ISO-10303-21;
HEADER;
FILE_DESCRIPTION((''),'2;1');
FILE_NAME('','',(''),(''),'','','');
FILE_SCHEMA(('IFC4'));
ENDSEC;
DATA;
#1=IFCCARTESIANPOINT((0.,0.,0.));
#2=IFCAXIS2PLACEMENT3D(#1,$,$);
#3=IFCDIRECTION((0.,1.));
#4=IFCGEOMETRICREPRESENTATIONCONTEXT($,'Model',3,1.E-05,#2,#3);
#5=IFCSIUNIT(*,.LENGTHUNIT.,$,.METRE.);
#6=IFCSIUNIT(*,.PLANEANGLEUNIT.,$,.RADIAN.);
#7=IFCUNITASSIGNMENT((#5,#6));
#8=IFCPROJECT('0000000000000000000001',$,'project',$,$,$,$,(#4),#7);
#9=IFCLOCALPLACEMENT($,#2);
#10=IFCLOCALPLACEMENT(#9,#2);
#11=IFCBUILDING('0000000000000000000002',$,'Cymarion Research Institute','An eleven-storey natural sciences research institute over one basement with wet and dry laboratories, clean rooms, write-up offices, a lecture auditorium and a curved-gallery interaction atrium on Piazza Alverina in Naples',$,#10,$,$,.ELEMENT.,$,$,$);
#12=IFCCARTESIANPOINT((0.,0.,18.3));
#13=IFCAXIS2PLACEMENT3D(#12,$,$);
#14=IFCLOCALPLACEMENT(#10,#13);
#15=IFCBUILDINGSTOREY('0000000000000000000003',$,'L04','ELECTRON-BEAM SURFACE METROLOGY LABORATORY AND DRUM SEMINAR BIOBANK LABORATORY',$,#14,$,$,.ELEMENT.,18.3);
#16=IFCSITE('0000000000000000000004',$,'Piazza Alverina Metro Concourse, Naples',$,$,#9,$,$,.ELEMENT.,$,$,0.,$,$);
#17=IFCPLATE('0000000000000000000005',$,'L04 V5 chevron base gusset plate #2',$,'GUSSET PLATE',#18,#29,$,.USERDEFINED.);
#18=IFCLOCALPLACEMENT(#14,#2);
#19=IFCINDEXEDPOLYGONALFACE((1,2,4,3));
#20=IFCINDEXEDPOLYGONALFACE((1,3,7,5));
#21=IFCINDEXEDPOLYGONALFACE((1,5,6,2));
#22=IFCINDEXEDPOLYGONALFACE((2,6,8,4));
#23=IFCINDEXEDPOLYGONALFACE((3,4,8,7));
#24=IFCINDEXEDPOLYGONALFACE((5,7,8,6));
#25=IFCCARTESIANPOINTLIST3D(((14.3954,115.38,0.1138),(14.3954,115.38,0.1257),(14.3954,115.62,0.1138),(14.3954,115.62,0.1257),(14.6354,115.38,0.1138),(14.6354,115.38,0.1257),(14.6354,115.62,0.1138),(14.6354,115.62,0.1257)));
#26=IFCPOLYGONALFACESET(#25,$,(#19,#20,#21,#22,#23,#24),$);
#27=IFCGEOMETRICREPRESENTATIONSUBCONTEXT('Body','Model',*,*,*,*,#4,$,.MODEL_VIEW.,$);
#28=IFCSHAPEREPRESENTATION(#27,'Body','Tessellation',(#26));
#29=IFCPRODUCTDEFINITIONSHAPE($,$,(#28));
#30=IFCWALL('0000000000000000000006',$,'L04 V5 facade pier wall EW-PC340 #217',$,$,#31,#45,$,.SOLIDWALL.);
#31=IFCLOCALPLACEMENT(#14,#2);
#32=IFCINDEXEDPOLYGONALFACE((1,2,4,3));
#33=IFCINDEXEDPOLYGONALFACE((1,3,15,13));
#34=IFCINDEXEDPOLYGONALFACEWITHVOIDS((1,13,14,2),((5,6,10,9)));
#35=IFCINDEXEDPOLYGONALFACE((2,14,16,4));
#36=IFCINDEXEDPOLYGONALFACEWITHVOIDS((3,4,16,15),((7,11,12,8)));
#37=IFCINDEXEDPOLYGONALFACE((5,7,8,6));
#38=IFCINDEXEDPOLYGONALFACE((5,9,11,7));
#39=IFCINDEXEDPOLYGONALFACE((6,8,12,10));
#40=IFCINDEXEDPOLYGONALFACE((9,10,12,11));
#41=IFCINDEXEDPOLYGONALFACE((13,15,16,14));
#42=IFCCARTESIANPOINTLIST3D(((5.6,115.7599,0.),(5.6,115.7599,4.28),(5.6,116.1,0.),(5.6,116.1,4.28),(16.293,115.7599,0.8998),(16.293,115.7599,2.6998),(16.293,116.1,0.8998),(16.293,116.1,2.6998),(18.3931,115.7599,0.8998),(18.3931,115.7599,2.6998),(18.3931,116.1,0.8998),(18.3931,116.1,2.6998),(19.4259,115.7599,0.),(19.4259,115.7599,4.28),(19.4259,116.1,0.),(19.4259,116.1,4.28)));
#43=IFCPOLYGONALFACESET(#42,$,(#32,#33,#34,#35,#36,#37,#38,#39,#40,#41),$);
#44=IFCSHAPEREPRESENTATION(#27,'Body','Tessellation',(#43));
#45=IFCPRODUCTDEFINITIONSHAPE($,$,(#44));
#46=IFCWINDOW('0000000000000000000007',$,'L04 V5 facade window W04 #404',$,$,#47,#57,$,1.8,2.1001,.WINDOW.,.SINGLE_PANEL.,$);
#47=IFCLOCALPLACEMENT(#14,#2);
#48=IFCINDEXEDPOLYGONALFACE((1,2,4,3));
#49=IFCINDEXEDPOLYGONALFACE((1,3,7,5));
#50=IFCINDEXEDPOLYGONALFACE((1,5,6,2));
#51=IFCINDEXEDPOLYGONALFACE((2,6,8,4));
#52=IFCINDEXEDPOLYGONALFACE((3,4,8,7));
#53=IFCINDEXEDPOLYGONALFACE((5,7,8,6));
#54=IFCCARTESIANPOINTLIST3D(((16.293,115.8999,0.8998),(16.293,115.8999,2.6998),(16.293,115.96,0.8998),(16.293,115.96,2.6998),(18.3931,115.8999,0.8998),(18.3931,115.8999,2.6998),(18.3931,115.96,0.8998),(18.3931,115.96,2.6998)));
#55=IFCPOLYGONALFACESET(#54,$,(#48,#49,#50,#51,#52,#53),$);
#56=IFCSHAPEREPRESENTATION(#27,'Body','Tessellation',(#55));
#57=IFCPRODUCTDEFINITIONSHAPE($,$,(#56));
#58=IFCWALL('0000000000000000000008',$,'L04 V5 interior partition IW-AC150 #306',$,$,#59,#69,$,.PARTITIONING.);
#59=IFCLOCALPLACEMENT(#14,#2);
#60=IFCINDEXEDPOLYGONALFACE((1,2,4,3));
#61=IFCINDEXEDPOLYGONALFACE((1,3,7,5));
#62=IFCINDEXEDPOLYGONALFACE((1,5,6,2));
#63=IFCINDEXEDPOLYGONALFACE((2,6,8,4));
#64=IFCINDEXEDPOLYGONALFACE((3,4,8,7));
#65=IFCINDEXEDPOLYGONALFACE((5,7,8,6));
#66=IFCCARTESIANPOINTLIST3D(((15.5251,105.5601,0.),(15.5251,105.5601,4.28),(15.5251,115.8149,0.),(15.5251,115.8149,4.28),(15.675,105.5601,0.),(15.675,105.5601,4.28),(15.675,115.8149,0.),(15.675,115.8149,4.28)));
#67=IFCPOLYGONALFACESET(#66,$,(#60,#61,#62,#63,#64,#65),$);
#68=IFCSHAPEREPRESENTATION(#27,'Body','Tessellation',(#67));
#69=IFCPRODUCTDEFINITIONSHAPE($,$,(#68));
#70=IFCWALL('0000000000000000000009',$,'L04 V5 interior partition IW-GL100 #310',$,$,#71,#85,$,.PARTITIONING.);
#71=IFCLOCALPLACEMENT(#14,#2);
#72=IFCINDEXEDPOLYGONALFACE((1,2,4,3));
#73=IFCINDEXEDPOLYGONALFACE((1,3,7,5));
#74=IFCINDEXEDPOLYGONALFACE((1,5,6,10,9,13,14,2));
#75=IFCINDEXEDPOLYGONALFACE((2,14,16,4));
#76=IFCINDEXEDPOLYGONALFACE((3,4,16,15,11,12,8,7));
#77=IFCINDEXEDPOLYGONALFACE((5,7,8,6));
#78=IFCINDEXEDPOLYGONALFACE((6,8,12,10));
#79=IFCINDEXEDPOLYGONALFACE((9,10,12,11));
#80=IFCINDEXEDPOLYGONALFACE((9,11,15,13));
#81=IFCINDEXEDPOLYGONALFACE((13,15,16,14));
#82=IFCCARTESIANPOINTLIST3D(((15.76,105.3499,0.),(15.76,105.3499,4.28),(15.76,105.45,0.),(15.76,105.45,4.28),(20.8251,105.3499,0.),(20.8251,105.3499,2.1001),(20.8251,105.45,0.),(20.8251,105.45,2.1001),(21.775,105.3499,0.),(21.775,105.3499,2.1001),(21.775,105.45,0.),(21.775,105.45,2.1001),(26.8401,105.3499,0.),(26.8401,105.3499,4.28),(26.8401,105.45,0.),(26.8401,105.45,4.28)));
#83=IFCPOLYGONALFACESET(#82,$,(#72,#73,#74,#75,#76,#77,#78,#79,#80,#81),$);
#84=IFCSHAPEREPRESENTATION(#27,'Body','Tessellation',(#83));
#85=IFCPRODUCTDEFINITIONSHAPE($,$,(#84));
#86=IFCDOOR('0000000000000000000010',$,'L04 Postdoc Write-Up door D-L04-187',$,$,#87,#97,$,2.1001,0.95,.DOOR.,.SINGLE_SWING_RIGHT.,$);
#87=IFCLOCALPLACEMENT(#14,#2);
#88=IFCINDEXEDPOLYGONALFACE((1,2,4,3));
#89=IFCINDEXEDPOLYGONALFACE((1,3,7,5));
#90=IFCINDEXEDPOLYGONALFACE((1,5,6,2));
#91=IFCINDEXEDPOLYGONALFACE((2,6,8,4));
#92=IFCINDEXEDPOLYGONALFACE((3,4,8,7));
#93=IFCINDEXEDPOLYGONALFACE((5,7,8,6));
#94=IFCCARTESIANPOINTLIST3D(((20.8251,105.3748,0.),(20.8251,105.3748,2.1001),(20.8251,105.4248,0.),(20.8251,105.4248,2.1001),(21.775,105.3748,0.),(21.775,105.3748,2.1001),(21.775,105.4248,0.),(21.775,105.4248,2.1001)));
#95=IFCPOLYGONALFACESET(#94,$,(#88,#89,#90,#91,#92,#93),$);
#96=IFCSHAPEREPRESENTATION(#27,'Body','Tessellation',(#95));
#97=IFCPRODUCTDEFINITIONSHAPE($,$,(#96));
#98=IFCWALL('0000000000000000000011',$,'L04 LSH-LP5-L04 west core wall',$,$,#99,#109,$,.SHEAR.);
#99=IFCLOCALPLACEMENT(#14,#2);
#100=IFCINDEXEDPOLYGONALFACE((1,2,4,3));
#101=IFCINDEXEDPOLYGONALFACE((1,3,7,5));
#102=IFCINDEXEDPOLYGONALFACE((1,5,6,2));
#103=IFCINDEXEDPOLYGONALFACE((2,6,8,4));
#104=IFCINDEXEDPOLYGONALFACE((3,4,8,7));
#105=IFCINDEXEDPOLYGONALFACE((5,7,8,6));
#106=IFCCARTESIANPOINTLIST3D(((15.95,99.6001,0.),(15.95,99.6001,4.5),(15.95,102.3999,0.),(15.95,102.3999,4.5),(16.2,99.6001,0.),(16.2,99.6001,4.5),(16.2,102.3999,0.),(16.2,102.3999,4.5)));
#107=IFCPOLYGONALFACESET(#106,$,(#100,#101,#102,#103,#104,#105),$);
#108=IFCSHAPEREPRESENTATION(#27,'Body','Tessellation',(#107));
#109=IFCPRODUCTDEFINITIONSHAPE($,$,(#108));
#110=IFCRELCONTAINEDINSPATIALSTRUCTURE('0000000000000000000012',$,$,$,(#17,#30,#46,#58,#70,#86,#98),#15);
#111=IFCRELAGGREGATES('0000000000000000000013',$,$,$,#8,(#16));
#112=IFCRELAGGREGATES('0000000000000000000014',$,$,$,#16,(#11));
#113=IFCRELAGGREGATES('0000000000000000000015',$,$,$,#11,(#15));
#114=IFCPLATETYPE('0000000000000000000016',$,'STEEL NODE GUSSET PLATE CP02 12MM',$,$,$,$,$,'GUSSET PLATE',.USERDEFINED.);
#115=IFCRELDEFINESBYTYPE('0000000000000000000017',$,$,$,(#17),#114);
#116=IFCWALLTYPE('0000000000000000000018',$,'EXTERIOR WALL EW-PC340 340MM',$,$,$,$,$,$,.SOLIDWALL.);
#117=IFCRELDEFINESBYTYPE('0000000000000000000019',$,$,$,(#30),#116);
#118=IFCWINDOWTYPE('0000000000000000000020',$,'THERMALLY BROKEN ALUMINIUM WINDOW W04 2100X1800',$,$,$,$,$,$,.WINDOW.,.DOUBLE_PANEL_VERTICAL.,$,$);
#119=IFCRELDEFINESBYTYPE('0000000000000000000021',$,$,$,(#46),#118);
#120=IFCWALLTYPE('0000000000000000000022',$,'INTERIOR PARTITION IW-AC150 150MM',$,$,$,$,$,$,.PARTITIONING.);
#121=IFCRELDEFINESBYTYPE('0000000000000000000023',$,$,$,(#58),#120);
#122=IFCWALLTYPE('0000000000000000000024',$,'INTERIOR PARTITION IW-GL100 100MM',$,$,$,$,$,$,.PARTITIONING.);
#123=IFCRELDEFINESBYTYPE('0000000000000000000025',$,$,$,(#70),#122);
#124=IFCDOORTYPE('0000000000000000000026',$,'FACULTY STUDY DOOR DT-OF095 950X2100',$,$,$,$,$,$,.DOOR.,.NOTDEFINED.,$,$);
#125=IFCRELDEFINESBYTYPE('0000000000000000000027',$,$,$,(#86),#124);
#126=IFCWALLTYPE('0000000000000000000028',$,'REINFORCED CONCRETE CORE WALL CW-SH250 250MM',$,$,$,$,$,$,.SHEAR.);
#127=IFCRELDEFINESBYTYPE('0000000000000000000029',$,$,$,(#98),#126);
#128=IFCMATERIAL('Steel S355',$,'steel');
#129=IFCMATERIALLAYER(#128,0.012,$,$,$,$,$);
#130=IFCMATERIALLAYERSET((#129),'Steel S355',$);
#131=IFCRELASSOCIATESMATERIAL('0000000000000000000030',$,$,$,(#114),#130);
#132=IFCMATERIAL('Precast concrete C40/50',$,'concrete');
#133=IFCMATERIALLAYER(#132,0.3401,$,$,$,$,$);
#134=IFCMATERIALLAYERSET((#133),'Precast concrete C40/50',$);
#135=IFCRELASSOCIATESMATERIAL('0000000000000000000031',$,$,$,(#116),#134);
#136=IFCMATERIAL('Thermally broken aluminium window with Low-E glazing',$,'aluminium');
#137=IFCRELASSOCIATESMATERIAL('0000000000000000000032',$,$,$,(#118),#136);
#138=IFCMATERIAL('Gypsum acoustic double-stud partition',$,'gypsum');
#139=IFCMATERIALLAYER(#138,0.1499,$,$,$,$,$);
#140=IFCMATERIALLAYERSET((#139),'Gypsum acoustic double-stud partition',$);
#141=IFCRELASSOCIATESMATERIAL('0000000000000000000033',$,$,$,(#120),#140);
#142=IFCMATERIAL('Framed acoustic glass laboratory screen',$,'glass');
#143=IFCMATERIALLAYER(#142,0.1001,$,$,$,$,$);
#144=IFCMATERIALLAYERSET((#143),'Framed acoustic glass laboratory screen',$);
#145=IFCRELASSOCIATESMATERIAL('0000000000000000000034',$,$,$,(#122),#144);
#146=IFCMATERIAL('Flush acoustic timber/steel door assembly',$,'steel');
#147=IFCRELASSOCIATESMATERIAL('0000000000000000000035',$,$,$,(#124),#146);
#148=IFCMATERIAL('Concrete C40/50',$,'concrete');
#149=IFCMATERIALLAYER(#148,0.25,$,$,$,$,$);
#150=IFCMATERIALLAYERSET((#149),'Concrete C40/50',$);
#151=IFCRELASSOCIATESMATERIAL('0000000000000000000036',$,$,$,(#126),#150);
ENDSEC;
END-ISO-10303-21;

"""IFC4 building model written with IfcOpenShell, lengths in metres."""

from ifc_helpers import new_model, si_unit, direction, frame, frame_2d, origin, origin_2d, place, context, subcontext, project, spatial, rectangle, extrude, material, layer, layer_set, type_object, element, fill, save


model = new_model("IFC4")

# Units and contexts
model_context = context("Model", 3, precision=1e-05, world=origin(), true_north=direction((0.0, 1.0)))
body_context = subcontext(model_context, "Body", "Model", "MODEL_VIEW")
ifc_project = project(units=[si_unit("LENGTHUNIT", "METRE"), si_unit("PLANEANGLEUNIT", "RADIAN")], contexts=[model_context])

# Site, building, storey
site_placement = place(None, origin())
site = spatial("IfcSite", under=ifc_project, at=site_placement, Name="Piazza Alverina Metro Concourse, Naples", CompositionType="ELEMENT", RefElevation=0.0)
building_placement = place(site_placement, origin())
building = spatial("IfcBuilding", under=site, at=building_placement, Name="Cymarion Research Institute", Description="An eleven-storey natural sciences research institute over one basement with wet and dry laboratories, clean rooms, write-up offices, a lecture auditorium and a curved-gallery interaction atrium on Piazza Alverina in Naples", CompositionType="ELEMENT")
storey_placement = place(building_placement, frame((0.0, 0.0, 18.3)))
storey = spatial("IfcBuildingStorey", under=building, at=storey_placement, Name="L04", Description="ELECTRON-BEAM SURFACE METROLOGY LABORATORY AND DRUM SEMINAR BIOBANK LABORATORY", CompositionType="ELEMENT", Elevation=18.3)

# Shared definitions
ifc_material_1 = material(Name="Steel S355", Category="steel")

# Plate
ifc_layer_1 = layer(ifc_material_1, 0.012)
ifc_layer_set_1 = layer_set([ifc_layer_1], Name="Steel S355")
plate_type_1 = type_object("IfcPlateType", Name="STEEL NODE GUSSET PLATE CP02 12MM", ElementType="GUSSET PLATE", PredefinedType="USERDEFINED", material=ifc_layer_set_1)
plate_1_placement = place(storey_placement, frame((14.5154, 115.5, 0.1138), z_axis=(0.0, 0.0, 1.0), x_axis=(1.0, 0.0, 0.0)))
element("IfcPlate", 1, at=plate_1_placement, inside=storey, type_object=plate_type_1, Name="L04 V5 chevron base gusset plate #2", ObjectType="GUSSET PLATE", PredefinedType="USERDEFINED", context=body_context, shape_type="SweptSolid", body=[
    extrude(rectangle(XDim=0.24, YDim=0.24, at=origin_2d()), origin(), (0.0, 0.0, 1.0), 0.012),
])

# Wall, opening, window
ifc_material_2 = material(Name="Precast concrete C40/50", Category="concrete")
ifc_layer_2 = layer(ifc_material_2, 0.3401)
ifc_layer_set_2 = layer_set([ifc_layer_2], Name="Precast concrete C40/50")
wall_type_1 = type_object("IfcWallType", Name="EXTERIOR WALL EW-PC340 340MM", PredefinedType="SOLIDWALL", material=ifc_layer_set_2)
wall_1_placement = place(storey_placement, frame((19.426, 115.9299, 0.0), z_axis=(0.0, 0.0, 1.0), x_axis=(-1.0, 0.0, 0.0)))
wall_1 = element("IfcWall", 2, at=wall_1_placement, inside=storey, type_object=wall_type_1, Name="L04 V5 facade pier wall EW-PC340 #217", PredefinedType="SOLIDWALL", context=body_context, shape_type="SweptSolid", body=[
    extrude(rectangle(XDim=13.8259, YDim=0.3401, at=frame_2d((6.9131, 0.0))), origin(), (0.0, 0.0, 1.0), 4.28),
])
opening_1_placement = place(wall_1_placement, frame((1.033, 0.0, 0.8999)))
opening_1 = element("IfcOpeningElement", 3, at=opening_1_placement, cuts=wall_1, PredefinedType="OPENING", context=body_context, shape_type="SweptSolid", body=[
    extrude(rectangle(XDim=2.1001, YDim=1.8, at=frame_2d((1.05, 0.8999))), frame((0.0, 0.1799, 0.0), z_axis=(0.0, -1.0, 0.0), x_axis=(1.0, 0.0, 0.0)), (0.0, 0.0, 1.0), 0.3601),
])
ifc_material_3 = material(Name="Thermally broken aluminium window with Low-E glazing", Category="aluminium")
window_type = type_object("IfcWindowType", Name="THERMALLY BROKEN ALUMINIUM WINDOW W04 2100X1800", PartitioningType="DOUBLE_PANEL_VERTICAL", PredefinedType="WINDOW", material=ifc_material_3)
window_placement = place(opening_1_placement, origin())
window = element("IfcWindow", 4, at=window_placement, inside=storey, type_object=window_type, Name="L04 V5 facade window W04 #404", OverallHeight=1.8, OverallWidth=2.1001, PartitioningType="SINGLE_PANEL", PredefinedType="WINDOW", context=body_context, shape_type="SweptSolid", body=[
    extrude(rectangle(XDim=2.1001, YDim=1.8, at=frame_2d((1.05, 0.8999))), frame((0.0, 0.03, 0.0), z_axis=(0.0, -1.0, 0.0), x_axis=(1.0, 0.0, 0.0)), (0.0, 0.0, 1.0), 0.0601),
])
fill(opening_1, window)

# Wall
ifc_material_4 = material(Name="Gypsum acoustic double-stud partition", Category="gypsum")
ifc_layer_3 = layer(ifc_material_4, 0.1499)
ifc_layer_set_3 = layer_set([ifc_layer_3], Name="Gypsum acoustic double-stud partition")
wall_type_2 = type_object("IfcWallType", Name="INTERIOR PARTITION IW-AC150 150MM", PredefinedType="PARTITIONING", material=ifc_layer_set_3)
wall_2_placement = place(storey_placement, frame((15.6001, 105.5601, 0.0), z_axis=(0.0, 0.0, 1.0), x_axis=(0.0, 1.0, 0.0)))
element("IfcWall", 5, at=wall_2_placement, inside=storey, type_object=wall_type_2, Name="L04 V5 interior partition IW-AC150 #306", PredefinedType="PARTITIONING", context=body_context, shape_type="SweptSolid", body=[
    extrude(rectangle(XDim=10.2549, YDim=0.1499, at=frame_2d((5.1274, 0.0))), origin(), (0.0, 0.0, 1.0), 4.28),
])

# Wall, opening, door
ifc_material_5 = material(Name="Framed acoustic glass laboratory screen", Category="glass")
ifc_layer_4 = layer(ifc_material_5, 0.1001)
ifc_layer_set_4 = layer_set([ifc_layer_4], Name="Framed acoustic glass laboratory screen")
wall_type_3 = type_object("IfcWallType", Name="INTERIOR PARTITION IW-GL100 100MM", PredefinedType="PARTITIONING", material=ifc_layer_set_4)
wall_3_placement = place(storey_placement, frame((15.76, 105.3999, 0.0), z_axis=(0.0, 0.0, 1.0), x_axis=(1.0, 0.0, 0.0)))
wall_3 = element("IfcWall", 6, at=wall_3_placement, inside=storey, type_object=wall_type_3, Name="L04 V5 interior partition IW-GL100 #310", PredefinedType="PARTITIONING", context=body_context, shape_type="SweptSolid", body=[
    extrude(rectangle(XDim=11.0801, YDim=0.1001, at=frame_2d((5.54, 0.0))), origin(), (0.0, 0.0, 1.0), 4.28),
])
opening_2_placement = place(wall_3_placement, frame((5.0649, 0.0, 0.0)))
opening_2 = element("IfcOpeningElement", 7, at=opening_2_placement, cuts=wall_3, PredefinedType="OPENING", context=body_context, shape_type="SweptSolid", body=[
    extrude(rectangle(XDim=0.95, YDim=2.1001, at=frame_2d((0.4751, 1.05))), frame((0.0, 0.0601, 0.0), z_axis=(0.0, -1.0, 0.0), x_axis=(1.0, 0.0, 0.0)), (0.0, 0.0, 1.0), 0.1201),
])
ifc_material_6 = material(Name="Flush acoustic timber/steel door assembly", Category="steel")
door_type_1 = type_object("IfcDoorType", Name="FACULTY STUDY DOOR DT-OF095 950X2100", OperationType="NOTDEFINED", PredefinedType="DOOR", material=ifc_material_6)
door_1_placement = place(opening_2_placement, origin())
door_1 = element("IfcDoor", 8, at=door_1_placement, inside=storey, type_object=door_type_1, Name="L04 Postdoc Write-Up door D-L04-187", OperationType="SINGLE_SWING_RIGHT", OverallHeight=2.1001, OverallWidth=0.95, PredefinedType="DOOR", context=body_context, shape_type="SweptSolid", body=[
    extrude(rectangle(XDim=0.95, YDim=2.1001, at=frame_2d((0.4751, 1.05))), frame((0.0, 0.0249, 0.0), z_axis=(0.0, -1.0, 0.0), x_axis=(1.0, 0.0, 0.0)), (0.0, 0.0, 1.0), 0.05),
])
fill(opening_2, door_1)
ifc_material_7 = material(Name="Concrete C40/50", Category="concrete")
ifc_layer_5 = layer(ifc_material_7, 0.25)
ifc_layer_set_5 = layer_set([ifc_layer_5], Name="Concrete C40/50")
wall_type_4 = type_object("IfcWallType", Name="REINFORCED CONCRETE CORE WALL CW-SH250 250MM", PredefinedType="SHEAR", material=ifc_layer_set_5)

# Wall
wall_4_placement = place(storey_placement, frame((16.075, 102.3999, 0.0), z_axis=(0.0, 0.0, 1.0), x_axis=(0.0, -1.0, 0.0)))
element("IfcWall", 9, at=wall_4_placement, inside=storey, type_object=wall_type_4, Name="L04 LSH-LP5-L04 west core wall", PredefinedType="SHEAR", context=body_context, shape_type="SweptSolid", body=[
    extrude(rectangle(XDim=2.7998, YDim=0.25, at=frame_2d((1.3999, 0.0))), origin(), (0.0, 0.0, 1.0), 4.5),
])

save(model, "model.ifc")
